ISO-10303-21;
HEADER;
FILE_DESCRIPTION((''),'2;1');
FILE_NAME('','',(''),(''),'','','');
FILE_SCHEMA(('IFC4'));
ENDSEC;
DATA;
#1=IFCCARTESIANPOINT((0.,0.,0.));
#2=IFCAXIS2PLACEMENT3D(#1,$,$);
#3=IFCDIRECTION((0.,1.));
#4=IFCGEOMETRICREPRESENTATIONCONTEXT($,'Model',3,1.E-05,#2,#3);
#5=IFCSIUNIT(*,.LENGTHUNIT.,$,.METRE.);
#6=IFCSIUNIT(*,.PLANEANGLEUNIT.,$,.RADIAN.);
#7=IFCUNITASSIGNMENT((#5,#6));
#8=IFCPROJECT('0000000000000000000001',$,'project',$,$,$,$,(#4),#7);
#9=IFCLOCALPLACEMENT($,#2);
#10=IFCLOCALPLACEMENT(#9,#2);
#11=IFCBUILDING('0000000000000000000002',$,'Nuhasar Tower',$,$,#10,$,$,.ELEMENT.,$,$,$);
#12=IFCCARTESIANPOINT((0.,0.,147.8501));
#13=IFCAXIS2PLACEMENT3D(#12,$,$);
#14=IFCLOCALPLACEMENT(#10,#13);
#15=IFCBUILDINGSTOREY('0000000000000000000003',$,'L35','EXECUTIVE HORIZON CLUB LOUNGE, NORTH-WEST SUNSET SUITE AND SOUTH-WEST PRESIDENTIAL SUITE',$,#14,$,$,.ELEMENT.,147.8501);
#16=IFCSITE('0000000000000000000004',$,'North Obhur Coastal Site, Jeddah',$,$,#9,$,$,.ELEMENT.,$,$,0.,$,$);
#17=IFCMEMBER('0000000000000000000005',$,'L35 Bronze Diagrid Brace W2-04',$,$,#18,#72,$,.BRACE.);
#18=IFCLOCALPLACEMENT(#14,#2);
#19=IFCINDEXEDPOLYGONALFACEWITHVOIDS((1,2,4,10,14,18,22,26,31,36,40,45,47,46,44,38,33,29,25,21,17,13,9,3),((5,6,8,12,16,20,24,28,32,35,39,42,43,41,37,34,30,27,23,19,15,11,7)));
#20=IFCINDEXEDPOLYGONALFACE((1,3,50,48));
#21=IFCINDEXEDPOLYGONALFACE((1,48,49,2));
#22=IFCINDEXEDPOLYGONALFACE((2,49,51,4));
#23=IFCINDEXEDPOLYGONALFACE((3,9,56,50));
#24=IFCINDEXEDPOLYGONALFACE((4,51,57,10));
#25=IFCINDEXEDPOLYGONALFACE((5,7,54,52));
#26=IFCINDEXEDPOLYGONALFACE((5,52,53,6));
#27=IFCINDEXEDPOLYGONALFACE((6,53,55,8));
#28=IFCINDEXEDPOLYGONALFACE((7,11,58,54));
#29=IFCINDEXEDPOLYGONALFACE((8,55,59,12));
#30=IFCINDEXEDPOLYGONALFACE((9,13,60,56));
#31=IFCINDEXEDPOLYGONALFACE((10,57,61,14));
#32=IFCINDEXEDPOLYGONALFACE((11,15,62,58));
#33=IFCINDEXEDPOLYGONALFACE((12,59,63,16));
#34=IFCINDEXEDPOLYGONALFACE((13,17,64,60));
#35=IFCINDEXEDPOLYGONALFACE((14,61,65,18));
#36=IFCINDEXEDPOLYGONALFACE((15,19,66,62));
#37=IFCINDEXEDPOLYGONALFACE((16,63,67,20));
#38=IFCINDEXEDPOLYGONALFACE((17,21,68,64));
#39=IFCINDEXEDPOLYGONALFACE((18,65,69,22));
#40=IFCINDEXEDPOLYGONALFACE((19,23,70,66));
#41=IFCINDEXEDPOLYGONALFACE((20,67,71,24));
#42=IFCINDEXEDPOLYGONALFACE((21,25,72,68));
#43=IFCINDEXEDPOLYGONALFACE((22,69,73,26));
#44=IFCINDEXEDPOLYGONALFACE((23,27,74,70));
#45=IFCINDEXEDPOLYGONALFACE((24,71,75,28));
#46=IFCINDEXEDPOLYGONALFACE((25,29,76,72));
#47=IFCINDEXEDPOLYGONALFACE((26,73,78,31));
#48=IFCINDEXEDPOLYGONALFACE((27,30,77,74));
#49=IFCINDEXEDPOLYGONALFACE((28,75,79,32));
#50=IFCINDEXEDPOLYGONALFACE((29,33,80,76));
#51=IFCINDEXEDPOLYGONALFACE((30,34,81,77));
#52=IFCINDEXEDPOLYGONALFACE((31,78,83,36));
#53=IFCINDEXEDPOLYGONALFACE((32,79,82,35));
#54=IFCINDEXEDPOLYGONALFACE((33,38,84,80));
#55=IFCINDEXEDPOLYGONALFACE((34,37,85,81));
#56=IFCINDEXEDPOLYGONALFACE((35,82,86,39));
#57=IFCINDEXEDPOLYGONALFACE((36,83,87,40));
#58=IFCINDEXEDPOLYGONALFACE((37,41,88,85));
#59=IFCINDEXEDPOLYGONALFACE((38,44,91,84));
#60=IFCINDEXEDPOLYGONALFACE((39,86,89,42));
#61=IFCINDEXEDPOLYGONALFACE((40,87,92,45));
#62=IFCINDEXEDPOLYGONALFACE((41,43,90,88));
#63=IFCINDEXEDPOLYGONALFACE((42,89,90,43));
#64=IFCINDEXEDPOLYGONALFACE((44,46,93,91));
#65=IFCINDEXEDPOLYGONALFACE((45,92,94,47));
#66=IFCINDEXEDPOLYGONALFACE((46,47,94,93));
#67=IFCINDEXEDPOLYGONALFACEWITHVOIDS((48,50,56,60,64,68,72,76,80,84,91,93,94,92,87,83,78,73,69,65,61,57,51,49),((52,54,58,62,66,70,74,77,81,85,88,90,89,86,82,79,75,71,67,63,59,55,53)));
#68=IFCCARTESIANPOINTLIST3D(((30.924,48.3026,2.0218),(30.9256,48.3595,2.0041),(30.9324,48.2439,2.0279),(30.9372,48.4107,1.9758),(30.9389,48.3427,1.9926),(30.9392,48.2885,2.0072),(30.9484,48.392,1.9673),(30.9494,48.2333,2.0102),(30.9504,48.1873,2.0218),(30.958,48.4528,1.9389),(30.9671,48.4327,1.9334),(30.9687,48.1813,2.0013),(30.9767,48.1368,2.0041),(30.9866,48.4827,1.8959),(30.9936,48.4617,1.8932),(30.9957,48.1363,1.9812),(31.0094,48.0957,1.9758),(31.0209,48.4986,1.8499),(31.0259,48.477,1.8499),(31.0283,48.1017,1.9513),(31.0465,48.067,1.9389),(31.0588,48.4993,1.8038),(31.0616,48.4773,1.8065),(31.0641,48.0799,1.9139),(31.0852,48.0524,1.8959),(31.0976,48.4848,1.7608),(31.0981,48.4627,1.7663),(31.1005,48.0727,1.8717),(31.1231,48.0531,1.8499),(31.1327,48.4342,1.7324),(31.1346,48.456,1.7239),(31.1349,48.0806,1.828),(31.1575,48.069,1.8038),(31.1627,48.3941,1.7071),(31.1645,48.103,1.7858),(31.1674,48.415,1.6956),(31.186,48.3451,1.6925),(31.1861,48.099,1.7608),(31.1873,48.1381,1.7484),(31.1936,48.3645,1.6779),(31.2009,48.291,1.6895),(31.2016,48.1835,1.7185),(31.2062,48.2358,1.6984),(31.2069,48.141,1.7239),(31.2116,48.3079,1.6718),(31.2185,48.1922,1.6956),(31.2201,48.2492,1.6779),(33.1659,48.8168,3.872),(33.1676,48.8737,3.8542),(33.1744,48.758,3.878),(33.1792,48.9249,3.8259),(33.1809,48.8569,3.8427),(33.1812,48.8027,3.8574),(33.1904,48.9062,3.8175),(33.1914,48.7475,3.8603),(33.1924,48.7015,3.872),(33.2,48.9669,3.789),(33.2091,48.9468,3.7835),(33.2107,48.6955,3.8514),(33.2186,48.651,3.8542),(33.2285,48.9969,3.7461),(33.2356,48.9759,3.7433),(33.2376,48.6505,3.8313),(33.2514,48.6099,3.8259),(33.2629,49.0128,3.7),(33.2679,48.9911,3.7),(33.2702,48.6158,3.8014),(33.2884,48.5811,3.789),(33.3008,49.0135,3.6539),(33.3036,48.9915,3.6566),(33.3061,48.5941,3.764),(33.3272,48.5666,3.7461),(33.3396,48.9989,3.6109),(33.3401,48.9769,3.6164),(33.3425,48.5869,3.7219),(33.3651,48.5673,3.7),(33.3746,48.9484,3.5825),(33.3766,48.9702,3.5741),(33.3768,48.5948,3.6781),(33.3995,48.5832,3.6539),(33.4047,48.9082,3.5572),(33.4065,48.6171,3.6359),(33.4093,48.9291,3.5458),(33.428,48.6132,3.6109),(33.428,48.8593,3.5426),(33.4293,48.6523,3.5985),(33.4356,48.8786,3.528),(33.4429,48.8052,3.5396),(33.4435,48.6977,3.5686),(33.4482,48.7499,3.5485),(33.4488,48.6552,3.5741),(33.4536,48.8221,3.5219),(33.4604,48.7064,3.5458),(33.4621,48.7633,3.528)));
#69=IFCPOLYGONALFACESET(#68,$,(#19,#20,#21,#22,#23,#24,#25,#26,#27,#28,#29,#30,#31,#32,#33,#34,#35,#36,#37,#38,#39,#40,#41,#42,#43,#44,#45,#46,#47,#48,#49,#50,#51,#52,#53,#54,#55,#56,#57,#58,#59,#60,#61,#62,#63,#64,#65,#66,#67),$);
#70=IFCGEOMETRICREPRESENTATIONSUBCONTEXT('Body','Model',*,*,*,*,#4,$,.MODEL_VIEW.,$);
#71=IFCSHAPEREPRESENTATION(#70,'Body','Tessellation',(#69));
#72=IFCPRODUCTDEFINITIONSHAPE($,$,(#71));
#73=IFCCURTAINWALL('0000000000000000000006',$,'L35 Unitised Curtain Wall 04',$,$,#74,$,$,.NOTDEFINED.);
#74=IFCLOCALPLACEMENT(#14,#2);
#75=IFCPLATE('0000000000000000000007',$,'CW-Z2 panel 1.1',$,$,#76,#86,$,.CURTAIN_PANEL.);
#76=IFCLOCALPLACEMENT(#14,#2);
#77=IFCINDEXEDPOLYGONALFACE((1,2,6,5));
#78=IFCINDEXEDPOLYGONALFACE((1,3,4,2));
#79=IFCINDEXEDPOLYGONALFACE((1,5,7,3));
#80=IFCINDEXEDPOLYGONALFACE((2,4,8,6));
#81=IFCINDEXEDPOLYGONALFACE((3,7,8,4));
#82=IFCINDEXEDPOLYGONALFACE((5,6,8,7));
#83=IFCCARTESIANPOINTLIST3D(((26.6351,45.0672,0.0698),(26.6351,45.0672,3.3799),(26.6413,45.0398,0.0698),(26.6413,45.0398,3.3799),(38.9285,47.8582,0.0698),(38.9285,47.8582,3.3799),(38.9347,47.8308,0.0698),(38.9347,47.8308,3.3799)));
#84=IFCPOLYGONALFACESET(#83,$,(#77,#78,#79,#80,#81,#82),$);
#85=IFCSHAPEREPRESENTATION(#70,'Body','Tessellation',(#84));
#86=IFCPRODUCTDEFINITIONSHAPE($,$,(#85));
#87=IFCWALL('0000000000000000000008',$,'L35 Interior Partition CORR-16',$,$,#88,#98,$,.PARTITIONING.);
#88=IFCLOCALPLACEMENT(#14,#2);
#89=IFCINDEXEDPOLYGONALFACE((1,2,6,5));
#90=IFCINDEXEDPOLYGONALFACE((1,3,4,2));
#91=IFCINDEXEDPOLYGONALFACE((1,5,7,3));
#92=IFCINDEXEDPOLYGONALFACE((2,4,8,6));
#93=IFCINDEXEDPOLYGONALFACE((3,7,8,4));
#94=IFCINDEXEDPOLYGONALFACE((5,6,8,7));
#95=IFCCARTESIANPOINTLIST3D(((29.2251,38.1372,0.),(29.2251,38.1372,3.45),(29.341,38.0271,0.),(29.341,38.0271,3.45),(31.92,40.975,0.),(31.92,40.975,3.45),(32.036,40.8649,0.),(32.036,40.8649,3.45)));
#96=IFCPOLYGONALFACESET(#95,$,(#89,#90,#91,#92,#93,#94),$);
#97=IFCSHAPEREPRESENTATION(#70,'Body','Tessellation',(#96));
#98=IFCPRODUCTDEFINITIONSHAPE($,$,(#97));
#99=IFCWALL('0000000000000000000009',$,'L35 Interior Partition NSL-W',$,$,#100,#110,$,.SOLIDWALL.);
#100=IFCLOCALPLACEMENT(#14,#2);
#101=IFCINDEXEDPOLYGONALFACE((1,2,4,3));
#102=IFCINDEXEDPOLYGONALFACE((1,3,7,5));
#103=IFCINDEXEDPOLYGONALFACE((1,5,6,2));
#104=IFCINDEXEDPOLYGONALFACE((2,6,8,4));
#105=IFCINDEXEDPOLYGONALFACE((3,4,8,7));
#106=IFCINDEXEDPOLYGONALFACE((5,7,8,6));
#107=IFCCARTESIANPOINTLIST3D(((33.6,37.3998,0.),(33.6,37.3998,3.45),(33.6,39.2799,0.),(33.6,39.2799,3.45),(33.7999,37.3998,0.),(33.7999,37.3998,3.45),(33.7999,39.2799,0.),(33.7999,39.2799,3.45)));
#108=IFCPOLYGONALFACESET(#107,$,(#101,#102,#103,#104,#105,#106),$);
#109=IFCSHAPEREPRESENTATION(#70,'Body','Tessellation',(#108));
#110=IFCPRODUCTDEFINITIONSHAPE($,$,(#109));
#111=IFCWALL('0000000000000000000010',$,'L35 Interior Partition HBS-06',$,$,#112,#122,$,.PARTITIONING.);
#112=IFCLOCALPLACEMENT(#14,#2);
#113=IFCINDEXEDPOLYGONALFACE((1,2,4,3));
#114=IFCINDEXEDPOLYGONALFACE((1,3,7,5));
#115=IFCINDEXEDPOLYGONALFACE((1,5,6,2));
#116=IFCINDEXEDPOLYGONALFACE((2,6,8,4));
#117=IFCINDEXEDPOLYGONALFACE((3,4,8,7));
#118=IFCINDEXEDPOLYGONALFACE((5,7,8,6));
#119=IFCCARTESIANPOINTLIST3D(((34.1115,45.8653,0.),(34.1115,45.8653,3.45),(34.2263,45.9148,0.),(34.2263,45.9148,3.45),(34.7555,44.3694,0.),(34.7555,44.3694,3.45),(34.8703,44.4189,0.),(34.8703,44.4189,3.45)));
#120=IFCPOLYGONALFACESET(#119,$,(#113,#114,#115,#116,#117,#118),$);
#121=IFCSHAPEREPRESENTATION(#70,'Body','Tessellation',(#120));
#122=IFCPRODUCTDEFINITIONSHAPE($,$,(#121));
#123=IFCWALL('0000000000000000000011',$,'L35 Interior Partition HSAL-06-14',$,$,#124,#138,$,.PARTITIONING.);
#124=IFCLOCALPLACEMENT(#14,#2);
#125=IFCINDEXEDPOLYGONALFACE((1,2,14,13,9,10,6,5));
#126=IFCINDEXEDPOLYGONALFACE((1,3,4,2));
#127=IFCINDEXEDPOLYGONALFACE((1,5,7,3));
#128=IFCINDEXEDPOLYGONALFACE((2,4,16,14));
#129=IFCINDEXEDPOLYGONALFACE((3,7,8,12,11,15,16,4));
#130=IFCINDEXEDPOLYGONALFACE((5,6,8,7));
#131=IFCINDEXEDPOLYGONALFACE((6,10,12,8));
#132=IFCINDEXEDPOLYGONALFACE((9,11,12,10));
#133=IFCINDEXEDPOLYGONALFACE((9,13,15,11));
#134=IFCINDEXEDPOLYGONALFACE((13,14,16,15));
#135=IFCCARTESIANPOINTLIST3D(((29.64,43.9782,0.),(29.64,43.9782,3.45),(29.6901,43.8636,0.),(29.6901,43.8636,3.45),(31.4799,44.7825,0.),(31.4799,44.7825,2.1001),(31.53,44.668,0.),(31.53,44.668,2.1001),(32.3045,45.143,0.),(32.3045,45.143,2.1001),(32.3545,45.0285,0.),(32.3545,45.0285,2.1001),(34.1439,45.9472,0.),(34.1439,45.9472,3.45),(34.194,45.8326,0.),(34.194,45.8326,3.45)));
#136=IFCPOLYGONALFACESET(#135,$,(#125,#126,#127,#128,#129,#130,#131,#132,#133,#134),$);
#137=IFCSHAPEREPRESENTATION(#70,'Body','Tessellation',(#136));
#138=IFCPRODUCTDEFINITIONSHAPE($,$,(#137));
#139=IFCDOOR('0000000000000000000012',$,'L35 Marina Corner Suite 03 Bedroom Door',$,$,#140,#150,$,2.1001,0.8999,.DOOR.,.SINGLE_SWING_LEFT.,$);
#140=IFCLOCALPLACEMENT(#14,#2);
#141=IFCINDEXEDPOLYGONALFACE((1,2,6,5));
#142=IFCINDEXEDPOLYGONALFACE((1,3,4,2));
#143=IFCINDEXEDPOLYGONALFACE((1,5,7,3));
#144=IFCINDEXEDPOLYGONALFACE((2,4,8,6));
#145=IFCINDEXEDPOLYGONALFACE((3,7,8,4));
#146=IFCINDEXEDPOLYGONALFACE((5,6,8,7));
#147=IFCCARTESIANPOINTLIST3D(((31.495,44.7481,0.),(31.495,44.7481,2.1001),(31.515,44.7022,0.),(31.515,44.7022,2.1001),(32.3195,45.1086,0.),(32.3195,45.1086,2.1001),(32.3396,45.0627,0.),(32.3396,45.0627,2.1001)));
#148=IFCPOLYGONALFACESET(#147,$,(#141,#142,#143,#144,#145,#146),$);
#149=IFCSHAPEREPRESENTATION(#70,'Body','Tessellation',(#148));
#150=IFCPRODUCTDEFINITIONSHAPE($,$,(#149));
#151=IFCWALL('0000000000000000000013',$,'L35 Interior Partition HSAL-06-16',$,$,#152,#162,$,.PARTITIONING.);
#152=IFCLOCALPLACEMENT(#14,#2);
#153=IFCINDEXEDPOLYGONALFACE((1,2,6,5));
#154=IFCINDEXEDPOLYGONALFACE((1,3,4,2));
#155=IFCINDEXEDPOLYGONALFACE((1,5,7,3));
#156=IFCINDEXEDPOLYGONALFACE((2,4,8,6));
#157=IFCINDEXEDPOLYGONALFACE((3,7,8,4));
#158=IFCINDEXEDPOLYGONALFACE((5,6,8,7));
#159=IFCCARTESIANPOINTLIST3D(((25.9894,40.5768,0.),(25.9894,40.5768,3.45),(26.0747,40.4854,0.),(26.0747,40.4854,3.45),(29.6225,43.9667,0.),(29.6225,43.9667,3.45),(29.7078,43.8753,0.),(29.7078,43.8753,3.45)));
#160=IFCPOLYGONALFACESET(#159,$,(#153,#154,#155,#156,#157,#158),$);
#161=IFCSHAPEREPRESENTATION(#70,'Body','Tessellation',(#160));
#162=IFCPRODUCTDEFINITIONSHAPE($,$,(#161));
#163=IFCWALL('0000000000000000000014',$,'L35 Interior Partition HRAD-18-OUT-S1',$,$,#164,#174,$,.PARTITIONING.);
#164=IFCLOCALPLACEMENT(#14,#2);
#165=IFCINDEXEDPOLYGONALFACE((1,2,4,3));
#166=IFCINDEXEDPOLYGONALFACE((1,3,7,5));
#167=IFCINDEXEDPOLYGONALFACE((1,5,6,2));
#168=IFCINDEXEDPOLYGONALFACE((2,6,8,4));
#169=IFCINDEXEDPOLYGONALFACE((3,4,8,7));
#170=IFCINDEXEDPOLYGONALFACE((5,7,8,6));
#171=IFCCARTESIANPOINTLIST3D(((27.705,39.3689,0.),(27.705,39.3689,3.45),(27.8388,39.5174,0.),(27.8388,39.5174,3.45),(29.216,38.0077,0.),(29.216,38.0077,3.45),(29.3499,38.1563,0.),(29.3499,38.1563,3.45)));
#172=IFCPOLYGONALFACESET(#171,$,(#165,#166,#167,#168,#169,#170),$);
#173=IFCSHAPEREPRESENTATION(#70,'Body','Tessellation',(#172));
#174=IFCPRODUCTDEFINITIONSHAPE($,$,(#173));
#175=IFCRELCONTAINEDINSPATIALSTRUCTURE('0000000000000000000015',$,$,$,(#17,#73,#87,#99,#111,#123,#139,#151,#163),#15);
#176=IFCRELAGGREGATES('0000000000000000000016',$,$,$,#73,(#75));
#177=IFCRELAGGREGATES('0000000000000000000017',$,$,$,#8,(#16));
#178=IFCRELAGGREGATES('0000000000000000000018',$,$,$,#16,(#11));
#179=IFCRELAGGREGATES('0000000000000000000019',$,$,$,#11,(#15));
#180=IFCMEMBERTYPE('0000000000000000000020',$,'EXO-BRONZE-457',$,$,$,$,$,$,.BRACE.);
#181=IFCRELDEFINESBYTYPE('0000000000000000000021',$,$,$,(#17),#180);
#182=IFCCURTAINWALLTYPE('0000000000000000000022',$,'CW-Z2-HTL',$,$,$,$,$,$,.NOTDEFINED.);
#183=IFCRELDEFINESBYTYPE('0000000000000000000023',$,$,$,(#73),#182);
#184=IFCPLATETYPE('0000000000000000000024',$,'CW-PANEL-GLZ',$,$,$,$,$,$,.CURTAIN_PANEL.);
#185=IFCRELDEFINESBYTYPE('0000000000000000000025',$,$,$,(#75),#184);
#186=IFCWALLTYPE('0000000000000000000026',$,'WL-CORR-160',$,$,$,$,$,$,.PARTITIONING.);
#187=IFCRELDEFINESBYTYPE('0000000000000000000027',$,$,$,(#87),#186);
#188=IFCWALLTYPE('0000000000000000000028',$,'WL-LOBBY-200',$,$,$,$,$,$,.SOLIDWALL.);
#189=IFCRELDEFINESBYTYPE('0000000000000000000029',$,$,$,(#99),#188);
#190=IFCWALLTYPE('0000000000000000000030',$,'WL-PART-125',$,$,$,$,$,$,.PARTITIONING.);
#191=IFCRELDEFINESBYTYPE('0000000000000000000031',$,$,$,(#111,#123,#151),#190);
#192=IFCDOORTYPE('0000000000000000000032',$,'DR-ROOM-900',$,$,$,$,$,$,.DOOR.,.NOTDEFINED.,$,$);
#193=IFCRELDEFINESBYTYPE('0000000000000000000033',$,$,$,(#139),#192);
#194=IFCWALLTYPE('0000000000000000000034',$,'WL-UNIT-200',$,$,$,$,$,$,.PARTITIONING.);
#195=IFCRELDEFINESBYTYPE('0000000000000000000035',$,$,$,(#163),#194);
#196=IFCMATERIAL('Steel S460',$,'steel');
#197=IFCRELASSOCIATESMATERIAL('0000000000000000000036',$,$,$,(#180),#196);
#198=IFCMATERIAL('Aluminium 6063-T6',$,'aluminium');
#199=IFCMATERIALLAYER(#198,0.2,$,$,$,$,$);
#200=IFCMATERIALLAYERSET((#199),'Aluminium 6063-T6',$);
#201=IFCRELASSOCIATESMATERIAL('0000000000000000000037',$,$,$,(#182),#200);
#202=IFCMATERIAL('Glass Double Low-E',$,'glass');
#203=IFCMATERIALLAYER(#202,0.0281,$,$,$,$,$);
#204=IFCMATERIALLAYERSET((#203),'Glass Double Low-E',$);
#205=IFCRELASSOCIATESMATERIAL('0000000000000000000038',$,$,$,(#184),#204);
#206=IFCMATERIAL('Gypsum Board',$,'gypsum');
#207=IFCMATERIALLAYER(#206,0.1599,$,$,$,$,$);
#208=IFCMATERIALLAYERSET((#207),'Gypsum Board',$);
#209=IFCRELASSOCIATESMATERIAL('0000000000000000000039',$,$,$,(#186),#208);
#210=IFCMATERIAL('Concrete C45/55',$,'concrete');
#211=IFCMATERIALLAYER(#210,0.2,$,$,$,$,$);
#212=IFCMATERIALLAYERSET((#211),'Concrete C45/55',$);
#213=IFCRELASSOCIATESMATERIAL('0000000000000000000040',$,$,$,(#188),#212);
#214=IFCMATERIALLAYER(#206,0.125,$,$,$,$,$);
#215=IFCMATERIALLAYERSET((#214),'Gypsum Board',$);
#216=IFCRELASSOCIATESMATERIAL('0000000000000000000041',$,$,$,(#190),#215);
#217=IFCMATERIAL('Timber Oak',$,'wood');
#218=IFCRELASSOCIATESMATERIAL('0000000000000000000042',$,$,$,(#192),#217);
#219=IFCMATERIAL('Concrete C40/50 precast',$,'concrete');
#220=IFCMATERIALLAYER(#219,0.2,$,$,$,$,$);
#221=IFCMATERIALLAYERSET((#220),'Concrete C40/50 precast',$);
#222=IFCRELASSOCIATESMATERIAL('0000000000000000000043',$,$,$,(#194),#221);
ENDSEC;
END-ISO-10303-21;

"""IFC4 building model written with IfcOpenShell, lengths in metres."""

from ifc_helpers import new_model, si_unit, direction, frame, frame_2d, origin, origin_2d, place, context, subcontext, project, spatial, rectangle, hollow_circle, extrude, material, layer, layer_set, material_profile, profile_set, type_object, element, fill, aggregate, save


model = new_model("IFC4")

# Units and contexts
model_context = context("Model", 3, precision=1e-05, world=origin(), true_north=direction((0.0, 1.0)))
body_context = subcontext(model_context, "Body", "Model", "MODEL_VIEW")
ifc_project = project(units=[si_unit("LENGTHUNIT", "METRE"), si_unit("PLANEANGLEUNIT", "RADIAN")], contexts=[model_context])

# Site, building, storey
site_placement = place(None, origin())
site = spatial("IfcSite", under=ifc_project, at=site_placement, Name="North Obhur Coastal Site, Jeddah", CompositionType="ELEMENT", RefElevation=0.0)
building_placement = place(site_placement, origin())
building = spatial("IfcBuilding", under=site, at=building_placement, Name="Nuhasar Tower", CompositionType="ELEMENT")
storey_placement = place(building_placement, frame((0.0, 0.0, 147.8501)))
storey = spatial("IfcBuildingStorey", under=building, at=storey_placement, Name="L35", Description="EXECUTIVE HORIZON CLUB LOUNGE, NORTH-WEST SUNSET SUITE AND SOUTH-WEST PRESIDENTIAL SUITE", CompositionType="ELEMENT", Elevation=147.8501)

# Member
ifc_material_1 = material(Name="Steel S460", Category="steel")
ifc_material_profile_1 = material_profile(ifc_material_1, hollow_circle(Radius=0.2285, WallThickness=0.0222, at=origin_2d()), Name="HSS457X22.2")
ifc_profile_set_1 = profile_set([ifc_material_profile_1], Name="Steel S460")
member_type = type_object("IfcMemberType", Name="EXO-BRONZE-457", PredefinedType="BRACE", material=ifc_profile_set_1)
member_1_placement = place(storey_placement, frame((31.072, 48.2759, 1.8499), z_axis=(0.7595, 0.174181, 0.626755), x_axis=(-0.223534, 0.974696, 0.0)))
element("IfcMember", 1, at=member_1_placement, inside=storey, type_object=member_type, Name="L35 Bronze Diagrid Brace W2-04", PredefinedType="BRACE", context=body_context, shape_type="SweptSolid", body=[
    extrude(hollow_circle(Radius=0.2285, WallThickness=0.0222, at=origin_2d()), origin(), (0.0, 0.0, 1.0), 2.9519),
])

# Curtain wall, plate
ifc_material_2 = material(Name="Aluminium 6063-T6", Category="aluminium")
ifc_layer_1 = layer(ifc_material_2, 0.2)
ifc_layer_set_1 = layer_set([ifc_layer_1], Name="Aluminium 6063-T6")
curtain_wall_type = type_object("IfcCurtainWallType", Name="CW-Z2-HTL", PredefinedType="NOTDEFINED", material=ifc_layer_set_1)
curtain_wall_placement = place(storey_placement, origin())
curtain_wall = element("IfcCurtainWall", 2, at=curtain_wall_placement, inside=storey, type_object=curtain_wall_type, Name="L35 Unitised Curtain Wall 04", PredefinedType="NOTDEFINED")
ifc_material_3 = material(Name="Glass Double Low-E", Category="glass")
ifc_layer_2 = layer(ifc_material_3, 0.0281)
ifc_layer_set_2 = layer_set([ifc_layer_2], Name="Glass Double Low-E")
plate_type = type_object("IfcPlateType", Name="CW-PANEL-GLZ", PredefinedType="CURTAIN_PANEL", material=ifc_layer_set_2)
plate_placement = place(storey_placement, frame((32.7849, 46.449, 0.0698), z_axis=(0.0, 0.0, 1.0), x_axis=(-0.975184, -0.221397, 0.0)))
plate = element("IfcPlate", 3, at=plate_placement, type_object=plate_type, Name="CW-Z2 panel 1.1", PredefinedType="CURTAIN_PANEL", context=body_context, shape_type="SweptSolid", body=[
    extrude(rectangle(XDim=12.6062, YDim=0.0281, at=origin_2d()), origin(), (0.0, 0.0, 1.0), 3.3101),
])
aggregate(curtain_wall, [plate])

# Shared definitions
ifc_material_4 = material(Name="Gypsum Board", Category="gypsum")
ifc_layer_3 = layer(ifc_material_4, 0.1599)
ifc_layer_set_3 = layer_set([ifc_layer_3], Name="Gypsum Board")
wall_type_1 = type_object("IfcWallType", Name="WL-CORR-160", PredefinedType="PARTITIONING", material=ifc_layer_set_3)
ifc_material_5 = material(Name="Timber Oak", Category="wood")

# Walls
wall_1_placement = place(storey_placement, frame((31.978, 40.9199, 0.0), z_axis=(0.0, 0.0, 1.0), x_axis=(-0.688625, -0.725118, 0.0)))
element("IfcWall", 4, at=wall_1_placement, inside=storey, type_object=wall_type_1, Name="L35 Interior Partition CORR-16", PredefinedType="PARTITIONING", context=body_context, shape_type="SweptSolid", body=[
    extrude(rectangle(XDim=3.9136, YDim=0.1599, at=frame_2d((1.9568, 0.0))), origin(), (0.0, 0.0, 1.0), 3.45),
])
ifc_material_6 = material(Name="Concrete C45/55", Category="concrete")
ifc_layer_4 = layer(ifc_material_6, 0.2)
ifc_layer_set_4 = layer_set([ifc_layer_4], Name="Concrete C45/55")
wall_type_2 = type_object("IfcWallType", Name="WL-LOBBY-200", PredefinedType="SOLIDWALL", material=ifc_layer_set_4)
wall_2_placement = place(storey_placement, frame((33.7, 37.3999, 0.0), z_axis=(0.0, 0.0, 1.0), x_axis=(0.0, 1.0, 0.0)))
element("IfcWall", 5, at=wall_2_placement, inside=storey, type_object=wall_type_2, Name="L35 Interior Partition NSL-W", PredefinedType="SOLIDWALL", context=body_context, shape_type="SweptSolid", body=[
    extrude(rectangle(XDim=1.8801, YDim=0.2, at=frame_2d((0.9399, 0.0))), origin(), (0.0, 0.0, 1.0), 3.45),
])
ifc_layer_5 = layer(ifc_material_4, 0.125)
ifc_layer_set_5 = layer_set([ifc_layer_5], Name="Gypsum Board")
wall_type_3 = type_object("IfcWallType", Name="WL-PART-125", PredefinedType="PARTITIONING", material=ifc_layer_set_5)
wall_3_placement = place(storey_placement, frame((34.813, 44.394, 0.0), z_axis=(0.0, 0.0, 1.0), x_axis=(-0.395457, 0.918485, 0.0)))
element("IfcWall", 6, at=wall_3_placement, inside=storey, type_object=wall_type_3, Name="L35 Interior Partition HBS-06", PredefinedType="PARTITIONING", context=body_context, shape_type="SweptSolid", body=[
    extrude(rectangle(XDim=1.6287, YDim=0.125, at=frame_2d((0.8145, 0.0))), origin(), (0.0, 0.0, 1.0), 3.45),
])

# Wall, opening, door
wall_4_placement = place(storey_placement, frame((29.665, 43.9209, 0.0), z_axis=(0.0, 0.0, 1.0), x_axis=(0.916267, 0.400569, 0.0)))
wall_4 = element("IfcWall", 7, at=wall_4_placement, inside=storey, type_object=wall_type_3, Name="L35 Interior Partition HSAL-06-14", PredefinedType="PARTITIONING", context=body_context, shape_type="SweptSolid", body=[
    extrude(rectangle(XDim=4.9155, YDim=0.125, at=frame_2d((2.4578, 0.0))), origin(), (0.0, 0.0, 1.0), 3.45),
])
opening_1_placement = place(wall_4_placement, frame((2.0081, 0.0, 0.0)))
opening_1 = element("IfcOpeningElement", 8, at=opening_1_placement, cuts=wall_4, PredefinedType="OPENING", context=body_context, shape_type="SweptSolid", body=[
    extrude(rectangle(XDim=0.8999, YDim=2.1001, at=frame_2d((0.45, 1.05))), frame((0.0, 0.0725, 0.0), z_axis=(0.0, -1.0, 0.0), x_axis=(1.0, 0.0, 0.0)), (0.0, 0.0, 1.0), 0.145),
])
door_type_1 = type_object("IfcDoorType", Name="DR-ROOM-900", OperationType="NOTDEFINED", PredefinedType="DOOR", material=ifc_material_5)
door_1_placement = place(opening_1_placement, origin())
door_1 = element("IfcDoor", 9, at=door_1_placement, inside=storey, type_object=door_type_1, Name="L35 Marina Corner Suite 03 Bedroom Door", OperationType="SINGLE_SWING_LEFT", OverallHeight=2.1001, OverallWidth=0.8999, PredefinedType="DOOR", context=body_context, shape_type="SweptSolid", body=[
    extrude(rectangle(XDim=0.8999, YDim=2.1001, at=frame_2d((0.45, 1.05))), frame((0.0, 0.0249, 0.0), z_axis=(0.0, -1.0, 0.0), x_axis=(1.0, 0.0, 0.0)), (0.0, 0.0, 1.0), 0.05),
])
fill(opening_1, door_1)

# Walls
wall_5_placement = place(storey_placement, frame((29.665, 43.9209, 0.0), z_axis=(0.0, 0.0, 1.0), x_axis=(-0.731152, -0.682215, 0.0)))
element("IfcWall", 10, at=wall_5_placement, inside=storey, type_object=wall_type_3, Name="L35 Interior Partition HSAL-06-16", PredefinedType="PARTITIONING", context=body_context, shape_type="SweptSolid", body=[
    extrude(rectangle(XDim=4.969, YDim=0.125, at=frame_2d((2.4844, 0.0))), origin(), (0.0, 0.0, 1.0), 3.45),
])
ifc_material_7 = material(Name="Concrete C40/50 precast", Category="concrete")
ifc_layer_6 = layer(ifc_material_7, 0.2)
ifc_layer_set_6 = layer_set([ifc_layer_6], Name="Concrete C40/50 precast")
wall_type_4 = type_object("IfcWallType", Name="WL-UNIT-200", PredefinedType="PARTITIONING", material=ifc_layer_set_6)
wall_6_placement = place(storey_placement, frame((29.283, 38.082, 0.0), z_axis=(0.0, 0.0, 1.0), x_axis=(-0.743002, 0.66929, 0.0)))
element("IfcWall", 11, at=wall_6_placement, inside=storey, type_object=wall_type_4, Name="L35 Interior Partition HRAD-18-OUT-S1", PredefinedType="PARTITIONING", context=body_context, shape_type="SweptSolid", body=[
    extrude(rectangle(XDim=2.0337, YDim=0.2, at=frame_2d((1.0168, 0.0))), origin(), (0.0, 0.0, 1.0), 3.45),
])

save(model, "model.ifc")
